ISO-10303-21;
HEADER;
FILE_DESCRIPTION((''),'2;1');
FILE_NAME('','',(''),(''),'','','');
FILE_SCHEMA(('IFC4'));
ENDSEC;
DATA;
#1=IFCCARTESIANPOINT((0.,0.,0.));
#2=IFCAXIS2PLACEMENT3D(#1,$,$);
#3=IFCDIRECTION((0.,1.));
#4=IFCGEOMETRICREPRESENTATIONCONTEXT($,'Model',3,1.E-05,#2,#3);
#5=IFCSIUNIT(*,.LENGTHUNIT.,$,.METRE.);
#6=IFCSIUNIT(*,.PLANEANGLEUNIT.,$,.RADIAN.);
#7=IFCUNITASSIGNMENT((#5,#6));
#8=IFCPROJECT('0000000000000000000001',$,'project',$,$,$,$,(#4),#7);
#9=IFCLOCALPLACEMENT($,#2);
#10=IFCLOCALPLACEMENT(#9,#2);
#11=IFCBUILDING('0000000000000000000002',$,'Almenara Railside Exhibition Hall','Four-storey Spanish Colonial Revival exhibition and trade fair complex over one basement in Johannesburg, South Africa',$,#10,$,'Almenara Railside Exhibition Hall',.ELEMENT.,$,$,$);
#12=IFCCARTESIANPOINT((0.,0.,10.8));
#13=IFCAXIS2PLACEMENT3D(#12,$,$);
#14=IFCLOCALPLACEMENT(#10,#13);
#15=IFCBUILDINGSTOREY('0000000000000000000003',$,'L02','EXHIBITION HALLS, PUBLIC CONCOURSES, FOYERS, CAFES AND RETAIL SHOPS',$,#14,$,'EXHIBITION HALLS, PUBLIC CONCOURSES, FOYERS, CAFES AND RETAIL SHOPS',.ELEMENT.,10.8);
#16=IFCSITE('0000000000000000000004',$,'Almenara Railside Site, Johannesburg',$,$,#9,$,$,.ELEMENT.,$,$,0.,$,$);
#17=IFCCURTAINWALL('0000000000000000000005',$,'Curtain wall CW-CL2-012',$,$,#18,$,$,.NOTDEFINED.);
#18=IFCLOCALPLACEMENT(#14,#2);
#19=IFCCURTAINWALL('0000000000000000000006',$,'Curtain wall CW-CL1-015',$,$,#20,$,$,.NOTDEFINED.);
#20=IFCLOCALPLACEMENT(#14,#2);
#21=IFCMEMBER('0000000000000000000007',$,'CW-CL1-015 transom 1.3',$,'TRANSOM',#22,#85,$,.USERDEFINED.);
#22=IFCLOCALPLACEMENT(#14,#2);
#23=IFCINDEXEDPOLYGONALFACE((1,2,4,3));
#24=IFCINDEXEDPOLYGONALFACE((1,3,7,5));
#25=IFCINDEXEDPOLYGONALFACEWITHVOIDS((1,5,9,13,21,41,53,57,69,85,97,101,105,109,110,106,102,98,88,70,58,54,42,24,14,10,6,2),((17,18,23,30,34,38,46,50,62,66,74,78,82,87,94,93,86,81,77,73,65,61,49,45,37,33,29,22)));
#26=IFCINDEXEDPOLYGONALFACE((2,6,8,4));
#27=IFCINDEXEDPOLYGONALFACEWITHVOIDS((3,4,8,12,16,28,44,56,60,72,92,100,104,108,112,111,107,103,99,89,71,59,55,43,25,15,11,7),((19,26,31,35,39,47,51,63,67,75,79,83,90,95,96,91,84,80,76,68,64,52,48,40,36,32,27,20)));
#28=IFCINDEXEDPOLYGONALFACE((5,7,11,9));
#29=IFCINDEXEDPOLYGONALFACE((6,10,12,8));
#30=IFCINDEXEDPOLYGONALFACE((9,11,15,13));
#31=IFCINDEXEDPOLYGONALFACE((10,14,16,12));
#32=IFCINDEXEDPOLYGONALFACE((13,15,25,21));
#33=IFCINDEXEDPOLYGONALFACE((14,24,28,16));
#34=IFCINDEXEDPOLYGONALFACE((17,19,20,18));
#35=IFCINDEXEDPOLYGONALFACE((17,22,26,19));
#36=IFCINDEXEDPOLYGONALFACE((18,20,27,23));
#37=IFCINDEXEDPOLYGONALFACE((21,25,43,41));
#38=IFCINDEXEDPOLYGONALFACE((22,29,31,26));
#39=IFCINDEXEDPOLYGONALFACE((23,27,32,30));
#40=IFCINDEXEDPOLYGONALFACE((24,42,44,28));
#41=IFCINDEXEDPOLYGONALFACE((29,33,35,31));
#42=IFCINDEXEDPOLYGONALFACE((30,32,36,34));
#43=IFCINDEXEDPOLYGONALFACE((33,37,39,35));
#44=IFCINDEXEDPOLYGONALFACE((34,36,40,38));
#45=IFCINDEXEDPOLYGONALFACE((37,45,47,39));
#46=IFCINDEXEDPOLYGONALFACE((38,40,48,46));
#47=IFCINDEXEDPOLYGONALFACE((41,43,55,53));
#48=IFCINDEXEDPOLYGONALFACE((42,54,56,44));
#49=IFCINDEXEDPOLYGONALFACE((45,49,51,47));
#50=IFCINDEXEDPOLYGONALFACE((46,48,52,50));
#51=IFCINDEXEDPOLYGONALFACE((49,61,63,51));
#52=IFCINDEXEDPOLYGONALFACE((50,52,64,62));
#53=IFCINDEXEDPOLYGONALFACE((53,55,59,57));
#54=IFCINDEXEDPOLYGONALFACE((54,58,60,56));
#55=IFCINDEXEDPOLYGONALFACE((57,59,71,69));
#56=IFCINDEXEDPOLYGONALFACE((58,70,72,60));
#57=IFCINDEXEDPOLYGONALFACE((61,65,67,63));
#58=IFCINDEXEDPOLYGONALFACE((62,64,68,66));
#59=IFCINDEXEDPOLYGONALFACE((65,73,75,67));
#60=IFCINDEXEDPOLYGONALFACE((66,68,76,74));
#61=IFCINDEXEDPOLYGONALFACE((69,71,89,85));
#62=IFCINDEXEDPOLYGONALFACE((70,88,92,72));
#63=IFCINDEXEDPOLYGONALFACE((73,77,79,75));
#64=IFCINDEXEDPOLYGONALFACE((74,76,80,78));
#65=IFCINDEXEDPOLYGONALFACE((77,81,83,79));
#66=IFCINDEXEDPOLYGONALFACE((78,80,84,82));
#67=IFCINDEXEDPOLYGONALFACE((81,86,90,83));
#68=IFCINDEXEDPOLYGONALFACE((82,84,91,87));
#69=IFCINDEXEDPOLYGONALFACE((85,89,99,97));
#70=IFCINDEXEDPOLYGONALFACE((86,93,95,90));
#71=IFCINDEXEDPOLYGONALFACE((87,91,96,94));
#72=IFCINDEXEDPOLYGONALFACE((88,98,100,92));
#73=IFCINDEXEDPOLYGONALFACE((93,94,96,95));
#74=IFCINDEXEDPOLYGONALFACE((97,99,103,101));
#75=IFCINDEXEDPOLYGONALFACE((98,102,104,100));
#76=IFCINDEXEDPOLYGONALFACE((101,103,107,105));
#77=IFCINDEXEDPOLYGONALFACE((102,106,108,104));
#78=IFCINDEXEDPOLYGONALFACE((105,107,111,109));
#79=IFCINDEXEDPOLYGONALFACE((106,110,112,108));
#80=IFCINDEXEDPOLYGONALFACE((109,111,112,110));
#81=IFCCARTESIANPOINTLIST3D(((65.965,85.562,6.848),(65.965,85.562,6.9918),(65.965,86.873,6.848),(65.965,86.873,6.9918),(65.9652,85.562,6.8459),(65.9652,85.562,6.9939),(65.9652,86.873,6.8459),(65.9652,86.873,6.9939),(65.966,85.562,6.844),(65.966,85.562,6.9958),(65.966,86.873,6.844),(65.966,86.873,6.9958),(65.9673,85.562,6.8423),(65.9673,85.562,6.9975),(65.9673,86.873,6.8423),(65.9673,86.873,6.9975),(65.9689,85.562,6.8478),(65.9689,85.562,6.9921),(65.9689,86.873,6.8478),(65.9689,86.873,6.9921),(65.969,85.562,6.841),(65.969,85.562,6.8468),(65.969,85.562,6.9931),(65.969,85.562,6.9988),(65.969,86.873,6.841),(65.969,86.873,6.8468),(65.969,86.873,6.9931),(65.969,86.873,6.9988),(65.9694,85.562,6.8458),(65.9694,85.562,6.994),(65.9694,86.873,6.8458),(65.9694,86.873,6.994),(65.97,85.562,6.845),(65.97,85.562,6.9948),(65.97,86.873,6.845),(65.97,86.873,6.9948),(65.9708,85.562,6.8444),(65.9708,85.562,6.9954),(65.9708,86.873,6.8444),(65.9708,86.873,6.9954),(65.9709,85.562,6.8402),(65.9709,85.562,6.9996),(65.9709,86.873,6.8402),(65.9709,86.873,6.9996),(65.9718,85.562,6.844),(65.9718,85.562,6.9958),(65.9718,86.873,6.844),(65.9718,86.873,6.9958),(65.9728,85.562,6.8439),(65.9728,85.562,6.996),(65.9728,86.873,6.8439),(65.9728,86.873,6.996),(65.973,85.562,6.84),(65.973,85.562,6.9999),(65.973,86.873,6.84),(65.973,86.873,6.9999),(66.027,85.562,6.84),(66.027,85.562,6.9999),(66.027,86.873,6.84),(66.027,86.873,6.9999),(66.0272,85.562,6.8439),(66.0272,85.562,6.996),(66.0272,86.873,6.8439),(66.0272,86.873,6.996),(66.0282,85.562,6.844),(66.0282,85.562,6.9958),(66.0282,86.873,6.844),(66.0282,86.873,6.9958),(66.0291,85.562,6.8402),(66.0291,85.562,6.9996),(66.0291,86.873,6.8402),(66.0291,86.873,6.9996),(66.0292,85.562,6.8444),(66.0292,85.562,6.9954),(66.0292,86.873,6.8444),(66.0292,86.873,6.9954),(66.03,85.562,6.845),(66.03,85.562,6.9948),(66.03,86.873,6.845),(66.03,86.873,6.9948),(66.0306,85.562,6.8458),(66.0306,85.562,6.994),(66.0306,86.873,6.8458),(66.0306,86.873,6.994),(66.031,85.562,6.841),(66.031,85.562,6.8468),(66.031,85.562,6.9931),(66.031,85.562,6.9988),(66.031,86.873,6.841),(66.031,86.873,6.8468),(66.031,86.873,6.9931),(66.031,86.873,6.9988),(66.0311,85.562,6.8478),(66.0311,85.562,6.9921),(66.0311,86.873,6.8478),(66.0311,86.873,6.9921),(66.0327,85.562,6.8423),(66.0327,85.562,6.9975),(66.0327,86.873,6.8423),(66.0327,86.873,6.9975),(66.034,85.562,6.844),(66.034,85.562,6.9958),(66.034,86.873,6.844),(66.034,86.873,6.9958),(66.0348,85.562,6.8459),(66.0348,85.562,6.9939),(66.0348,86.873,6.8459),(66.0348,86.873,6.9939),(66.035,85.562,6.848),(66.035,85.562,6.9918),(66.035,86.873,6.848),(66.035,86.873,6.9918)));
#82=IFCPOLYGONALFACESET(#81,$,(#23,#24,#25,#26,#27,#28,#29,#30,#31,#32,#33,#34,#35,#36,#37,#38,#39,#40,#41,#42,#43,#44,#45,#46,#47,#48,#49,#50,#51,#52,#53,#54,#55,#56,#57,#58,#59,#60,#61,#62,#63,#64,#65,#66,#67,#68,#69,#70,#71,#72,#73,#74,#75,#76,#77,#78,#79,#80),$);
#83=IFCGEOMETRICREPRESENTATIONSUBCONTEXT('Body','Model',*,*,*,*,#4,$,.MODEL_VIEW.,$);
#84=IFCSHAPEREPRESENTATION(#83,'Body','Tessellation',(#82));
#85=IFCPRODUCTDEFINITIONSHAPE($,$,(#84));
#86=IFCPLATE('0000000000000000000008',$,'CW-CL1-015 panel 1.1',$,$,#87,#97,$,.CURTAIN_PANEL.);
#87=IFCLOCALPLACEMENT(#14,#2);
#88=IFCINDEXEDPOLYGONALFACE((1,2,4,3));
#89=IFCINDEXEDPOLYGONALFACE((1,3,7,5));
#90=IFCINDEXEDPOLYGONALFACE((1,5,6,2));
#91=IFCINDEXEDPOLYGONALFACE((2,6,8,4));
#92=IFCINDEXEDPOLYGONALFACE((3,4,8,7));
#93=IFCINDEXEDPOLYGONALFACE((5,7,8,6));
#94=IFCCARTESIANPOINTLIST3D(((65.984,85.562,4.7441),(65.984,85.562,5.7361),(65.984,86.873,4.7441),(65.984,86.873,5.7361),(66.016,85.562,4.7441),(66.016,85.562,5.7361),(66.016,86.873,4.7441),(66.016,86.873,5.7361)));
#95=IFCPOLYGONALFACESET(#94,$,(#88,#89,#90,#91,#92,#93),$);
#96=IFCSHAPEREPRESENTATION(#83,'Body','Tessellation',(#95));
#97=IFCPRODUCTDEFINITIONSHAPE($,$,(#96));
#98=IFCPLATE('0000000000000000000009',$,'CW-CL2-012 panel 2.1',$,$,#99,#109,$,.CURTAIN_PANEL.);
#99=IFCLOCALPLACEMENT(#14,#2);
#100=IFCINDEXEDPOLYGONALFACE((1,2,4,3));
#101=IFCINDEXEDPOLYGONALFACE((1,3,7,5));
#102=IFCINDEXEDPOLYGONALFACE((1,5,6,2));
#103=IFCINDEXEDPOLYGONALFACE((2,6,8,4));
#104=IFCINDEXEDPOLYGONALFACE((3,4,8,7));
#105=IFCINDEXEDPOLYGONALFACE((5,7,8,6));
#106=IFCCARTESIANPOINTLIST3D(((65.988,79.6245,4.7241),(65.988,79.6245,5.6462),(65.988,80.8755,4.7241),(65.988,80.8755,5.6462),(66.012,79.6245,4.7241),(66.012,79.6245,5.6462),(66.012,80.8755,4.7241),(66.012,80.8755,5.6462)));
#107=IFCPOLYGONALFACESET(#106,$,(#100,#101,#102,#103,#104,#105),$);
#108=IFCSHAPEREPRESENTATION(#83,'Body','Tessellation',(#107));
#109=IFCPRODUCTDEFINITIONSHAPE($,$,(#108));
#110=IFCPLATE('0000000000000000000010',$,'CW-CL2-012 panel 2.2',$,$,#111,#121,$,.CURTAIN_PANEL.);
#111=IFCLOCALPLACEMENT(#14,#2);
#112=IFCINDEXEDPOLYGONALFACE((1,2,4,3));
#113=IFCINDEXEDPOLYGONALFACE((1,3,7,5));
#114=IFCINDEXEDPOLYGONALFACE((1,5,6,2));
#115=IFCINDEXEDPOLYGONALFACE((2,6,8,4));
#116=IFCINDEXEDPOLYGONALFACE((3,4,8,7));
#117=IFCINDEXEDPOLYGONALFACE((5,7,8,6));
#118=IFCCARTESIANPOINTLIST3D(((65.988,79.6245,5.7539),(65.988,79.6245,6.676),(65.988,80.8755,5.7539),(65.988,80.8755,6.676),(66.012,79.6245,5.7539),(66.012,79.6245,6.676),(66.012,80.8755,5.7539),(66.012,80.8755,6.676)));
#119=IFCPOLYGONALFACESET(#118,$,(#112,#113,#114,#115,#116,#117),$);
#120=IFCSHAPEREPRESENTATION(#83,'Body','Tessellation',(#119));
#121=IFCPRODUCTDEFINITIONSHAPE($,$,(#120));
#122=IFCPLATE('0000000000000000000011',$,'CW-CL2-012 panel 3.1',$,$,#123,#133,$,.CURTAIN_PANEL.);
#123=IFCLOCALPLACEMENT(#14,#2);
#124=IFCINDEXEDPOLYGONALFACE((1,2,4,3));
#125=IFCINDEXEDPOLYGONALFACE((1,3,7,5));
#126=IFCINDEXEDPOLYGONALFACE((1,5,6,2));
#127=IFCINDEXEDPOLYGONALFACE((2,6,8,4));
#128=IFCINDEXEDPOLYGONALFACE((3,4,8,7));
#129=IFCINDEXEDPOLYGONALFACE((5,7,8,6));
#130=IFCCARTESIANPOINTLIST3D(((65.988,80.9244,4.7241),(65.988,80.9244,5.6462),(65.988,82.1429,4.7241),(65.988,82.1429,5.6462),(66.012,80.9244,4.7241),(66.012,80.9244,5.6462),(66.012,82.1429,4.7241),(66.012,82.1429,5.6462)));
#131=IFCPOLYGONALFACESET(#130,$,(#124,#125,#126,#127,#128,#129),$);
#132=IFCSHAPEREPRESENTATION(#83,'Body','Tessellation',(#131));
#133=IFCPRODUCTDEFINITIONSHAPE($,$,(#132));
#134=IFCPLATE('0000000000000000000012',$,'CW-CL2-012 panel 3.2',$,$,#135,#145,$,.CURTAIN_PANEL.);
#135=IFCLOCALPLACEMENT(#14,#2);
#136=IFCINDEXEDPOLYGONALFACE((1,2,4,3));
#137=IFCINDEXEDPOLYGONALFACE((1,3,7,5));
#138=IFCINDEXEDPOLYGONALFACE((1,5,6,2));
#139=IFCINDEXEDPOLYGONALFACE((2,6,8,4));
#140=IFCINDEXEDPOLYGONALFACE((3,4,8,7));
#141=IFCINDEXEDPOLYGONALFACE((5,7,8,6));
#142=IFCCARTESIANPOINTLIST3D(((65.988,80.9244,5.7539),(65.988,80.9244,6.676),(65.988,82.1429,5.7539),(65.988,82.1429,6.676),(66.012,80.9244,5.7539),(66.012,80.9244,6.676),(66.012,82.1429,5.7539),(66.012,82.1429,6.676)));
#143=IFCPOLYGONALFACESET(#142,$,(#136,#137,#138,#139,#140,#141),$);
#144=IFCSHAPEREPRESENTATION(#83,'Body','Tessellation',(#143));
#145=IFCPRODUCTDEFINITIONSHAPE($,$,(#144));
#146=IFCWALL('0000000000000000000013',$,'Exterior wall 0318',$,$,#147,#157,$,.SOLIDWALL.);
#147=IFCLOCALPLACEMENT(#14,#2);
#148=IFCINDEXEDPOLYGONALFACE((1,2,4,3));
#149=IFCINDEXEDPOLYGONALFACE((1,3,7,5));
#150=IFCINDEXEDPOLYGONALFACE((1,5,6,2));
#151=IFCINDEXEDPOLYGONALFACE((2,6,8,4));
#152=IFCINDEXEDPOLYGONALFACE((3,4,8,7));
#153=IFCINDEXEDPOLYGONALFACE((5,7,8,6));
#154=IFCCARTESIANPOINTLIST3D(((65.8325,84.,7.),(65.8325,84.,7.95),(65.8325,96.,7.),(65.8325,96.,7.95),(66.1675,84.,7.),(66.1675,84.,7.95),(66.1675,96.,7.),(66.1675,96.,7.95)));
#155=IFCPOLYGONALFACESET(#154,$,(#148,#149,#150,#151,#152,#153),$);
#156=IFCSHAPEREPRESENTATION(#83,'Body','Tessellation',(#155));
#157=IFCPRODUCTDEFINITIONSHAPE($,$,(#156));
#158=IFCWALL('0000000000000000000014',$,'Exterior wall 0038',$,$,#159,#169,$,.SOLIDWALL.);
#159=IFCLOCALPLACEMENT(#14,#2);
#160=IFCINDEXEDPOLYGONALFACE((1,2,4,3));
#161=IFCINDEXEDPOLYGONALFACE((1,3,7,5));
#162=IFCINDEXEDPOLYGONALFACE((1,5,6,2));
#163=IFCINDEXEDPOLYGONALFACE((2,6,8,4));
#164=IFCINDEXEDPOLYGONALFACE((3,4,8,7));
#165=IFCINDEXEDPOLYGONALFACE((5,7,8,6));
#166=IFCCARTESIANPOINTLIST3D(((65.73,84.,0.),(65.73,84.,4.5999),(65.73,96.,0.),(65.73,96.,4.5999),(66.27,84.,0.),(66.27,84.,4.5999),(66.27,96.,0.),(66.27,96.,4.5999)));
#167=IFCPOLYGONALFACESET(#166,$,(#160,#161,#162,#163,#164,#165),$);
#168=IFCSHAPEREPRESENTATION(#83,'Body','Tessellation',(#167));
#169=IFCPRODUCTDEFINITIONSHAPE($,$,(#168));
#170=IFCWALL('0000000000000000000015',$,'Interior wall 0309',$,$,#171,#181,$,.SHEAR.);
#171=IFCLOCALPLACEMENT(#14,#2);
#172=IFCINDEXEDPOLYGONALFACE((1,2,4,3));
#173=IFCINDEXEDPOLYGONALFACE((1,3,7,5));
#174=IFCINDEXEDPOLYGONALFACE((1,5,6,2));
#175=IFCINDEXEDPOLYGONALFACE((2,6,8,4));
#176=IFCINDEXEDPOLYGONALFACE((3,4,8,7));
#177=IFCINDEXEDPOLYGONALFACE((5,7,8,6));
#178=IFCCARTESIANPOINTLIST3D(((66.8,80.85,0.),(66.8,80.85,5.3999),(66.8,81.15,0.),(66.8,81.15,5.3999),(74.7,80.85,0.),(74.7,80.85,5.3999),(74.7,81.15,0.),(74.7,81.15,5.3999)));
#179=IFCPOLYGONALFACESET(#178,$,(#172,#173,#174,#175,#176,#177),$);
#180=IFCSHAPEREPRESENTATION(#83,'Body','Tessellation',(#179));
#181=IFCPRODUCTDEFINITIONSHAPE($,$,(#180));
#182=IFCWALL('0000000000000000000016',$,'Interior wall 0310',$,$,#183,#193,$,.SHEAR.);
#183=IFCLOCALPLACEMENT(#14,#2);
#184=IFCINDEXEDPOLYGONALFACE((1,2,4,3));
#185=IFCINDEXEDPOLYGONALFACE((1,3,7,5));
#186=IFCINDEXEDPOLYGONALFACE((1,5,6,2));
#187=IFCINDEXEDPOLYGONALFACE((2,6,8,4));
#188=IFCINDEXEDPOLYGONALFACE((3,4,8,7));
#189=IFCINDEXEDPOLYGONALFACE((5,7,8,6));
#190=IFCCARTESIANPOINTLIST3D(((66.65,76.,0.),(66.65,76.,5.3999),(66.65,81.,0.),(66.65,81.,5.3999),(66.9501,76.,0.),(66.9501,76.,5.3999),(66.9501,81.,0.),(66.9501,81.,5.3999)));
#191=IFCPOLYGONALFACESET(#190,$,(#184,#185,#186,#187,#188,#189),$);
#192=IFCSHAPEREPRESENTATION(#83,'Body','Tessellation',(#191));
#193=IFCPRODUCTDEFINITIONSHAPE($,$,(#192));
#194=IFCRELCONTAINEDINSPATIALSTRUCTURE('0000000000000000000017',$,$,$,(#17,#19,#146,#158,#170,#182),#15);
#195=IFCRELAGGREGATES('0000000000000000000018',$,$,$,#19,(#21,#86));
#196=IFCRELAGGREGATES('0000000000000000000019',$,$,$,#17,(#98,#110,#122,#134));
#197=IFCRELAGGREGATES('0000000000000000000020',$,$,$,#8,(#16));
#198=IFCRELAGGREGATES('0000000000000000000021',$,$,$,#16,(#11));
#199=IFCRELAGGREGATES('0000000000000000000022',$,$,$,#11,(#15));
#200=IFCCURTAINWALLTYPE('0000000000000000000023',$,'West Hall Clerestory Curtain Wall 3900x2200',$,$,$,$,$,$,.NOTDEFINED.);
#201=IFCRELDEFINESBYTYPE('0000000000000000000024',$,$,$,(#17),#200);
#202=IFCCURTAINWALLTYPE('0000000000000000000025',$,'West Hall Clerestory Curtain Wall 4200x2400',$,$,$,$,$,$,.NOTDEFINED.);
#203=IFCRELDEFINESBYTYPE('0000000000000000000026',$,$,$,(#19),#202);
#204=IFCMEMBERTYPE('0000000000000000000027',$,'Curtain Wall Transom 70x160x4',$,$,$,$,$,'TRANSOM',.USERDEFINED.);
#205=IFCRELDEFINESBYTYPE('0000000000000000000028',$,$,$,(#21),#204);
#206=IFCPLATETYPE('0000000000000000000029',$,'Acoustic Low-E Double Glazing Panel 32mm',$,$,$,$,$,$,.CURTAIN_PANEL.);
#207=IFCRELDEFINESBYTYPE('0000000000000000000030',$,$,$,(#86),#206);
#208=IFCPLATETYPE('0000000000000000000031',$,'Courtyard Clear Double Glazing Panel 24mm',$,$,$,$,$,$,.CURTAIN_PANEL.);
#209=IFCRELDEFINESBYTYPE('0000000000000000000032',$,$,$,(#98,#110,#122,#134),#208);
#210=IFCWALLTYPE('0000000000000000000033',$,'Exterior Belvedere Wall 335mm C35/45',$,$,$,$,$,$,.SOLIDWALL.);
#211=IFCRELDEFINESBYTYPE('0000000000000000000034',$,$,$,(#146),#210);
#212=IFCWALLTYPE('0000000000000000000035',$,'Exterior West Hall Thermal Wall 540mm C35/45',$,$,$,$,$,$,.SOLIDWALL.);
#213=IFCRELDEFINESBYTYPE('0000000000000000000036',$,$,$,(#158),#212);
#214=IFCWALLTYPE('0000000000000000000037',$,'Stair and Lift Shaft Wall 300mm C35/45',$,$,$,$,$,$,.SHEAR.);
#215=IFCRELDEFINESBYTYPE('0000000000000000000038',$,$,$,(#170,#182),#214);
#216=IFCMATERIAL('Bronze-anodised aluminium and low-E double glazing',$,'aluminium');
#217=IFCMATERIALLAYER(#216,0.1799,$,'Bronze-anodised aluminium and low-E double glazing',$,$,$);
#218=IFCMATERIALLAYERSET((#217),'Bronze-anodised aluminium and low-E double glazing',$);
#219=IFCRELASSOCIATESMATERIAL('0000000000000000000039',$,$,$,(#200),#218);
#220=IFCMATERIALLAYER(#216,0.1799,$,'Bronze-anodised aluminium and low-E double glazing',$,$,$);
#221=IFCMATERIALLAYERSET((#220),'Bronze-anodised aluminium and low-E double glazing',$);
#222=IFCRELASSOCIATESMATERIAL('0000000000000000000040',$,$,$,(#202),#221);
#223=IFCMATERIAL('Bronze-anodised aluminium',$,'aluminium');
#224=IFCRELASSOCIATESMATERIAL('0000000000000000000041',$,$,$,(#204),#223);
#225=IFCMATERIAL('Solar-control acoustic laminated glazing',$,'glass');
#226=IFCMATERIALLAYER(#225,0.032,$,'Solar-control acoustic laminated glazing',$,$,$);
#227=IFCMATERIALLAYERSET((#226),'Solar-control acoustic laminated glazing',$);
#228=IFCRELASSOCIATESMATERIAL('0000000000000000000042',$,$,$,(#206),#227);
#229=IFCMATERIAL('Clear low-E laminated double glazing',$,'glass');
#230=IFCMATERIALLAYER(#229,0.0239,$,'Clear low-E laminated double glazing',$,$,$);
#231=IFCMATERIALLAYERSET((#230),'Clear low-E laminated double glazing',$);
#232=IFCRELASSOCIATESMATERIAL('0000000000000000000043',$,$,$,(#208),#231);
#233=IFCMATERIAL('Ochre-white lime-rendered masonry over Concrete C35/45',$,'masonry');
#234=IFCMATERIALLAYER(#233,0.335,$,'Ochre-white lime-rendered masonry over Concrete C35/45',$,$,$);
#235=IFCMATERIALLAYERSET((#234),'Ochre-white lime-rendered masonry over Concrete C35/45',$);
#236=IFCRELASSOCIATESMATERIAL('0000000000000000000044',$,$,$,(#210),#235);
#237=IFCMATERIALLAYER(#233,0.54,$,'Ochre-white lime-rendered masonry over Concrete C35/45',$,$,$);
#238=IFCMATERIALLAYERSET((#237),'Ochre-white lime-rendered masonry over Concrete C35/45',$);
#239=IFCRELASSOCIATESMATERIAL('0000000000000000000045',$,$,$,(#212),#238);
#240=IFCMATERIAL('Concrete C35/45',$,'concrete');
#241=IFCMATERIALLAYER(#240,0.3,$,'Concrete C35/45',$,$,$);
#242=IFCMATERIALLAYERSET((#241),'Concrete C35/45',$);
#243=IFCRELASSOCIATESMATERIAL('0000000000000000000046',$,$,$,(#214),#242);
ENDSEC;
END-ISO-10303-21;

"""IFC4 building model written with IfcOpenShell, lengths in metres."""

from ifc_helpers import new_model, si_unit, direction, frame, frame_2d, origin, origin_2d, place, context, subcontext, project, spatial, rectangle, hollow_rectangle, extrude, material, layer, layer_set, material_profile, profile_set, type_object, element, aggregate, save


model = new_model("IFC4")

# Units and contexts
model_context = context("Model", 3, precision=1e-05, world=origin(), true_north=direction((0.0, 1.0)))
body_context = subcontext(model_context, "Body", "Model", "MODEL_VIEW")
ifc_project = project(units=[si_unit("LENGTHUNIT", "METRE"), si_unit("PLANEANGLEUNIT", "RADIAN")], contexts=[model_context])

# Site, building, storey
site_placement = place(None, origin())
site = spatial("IfcSite", under=ifc_project, at=site_placement, Name="Almenara Railside Site, Johannesburg", CompositionType="ELEMENT", RefElevation=0.0)
building_placement = place(site_placement, origin())
building = spatial("IfcBuilding", under=site, at=building_placement, Name="Almenara Railside Exhibition Hall", Description="Four-storey Spanish Colonial Revival exhibition and trade fair complex over one basement in Johannesburg, South Africa", LongName="Almenara Railside Exhibition Hall", CompositionType="ELEMENT")
storey_placement = place(building_placement, frame((0.0, 0.0, 10.8)))
storey = spatial("IfcBuildingStorey", under=building, at=storey_placement, Name="L02", Description="EXHIBITION HALLS, PUBLIC CONCOURSES, FOYERS, CAFES AND RETAIL SHOPS", LongName="EXHIBITION HALLS, PUBLIC CONCOURSES, FOYERS, CAFES AND RETAIL SHOPS", CompositionType="ELEMENT", Elevation=10.8)

# Curtain wall
ifc_material_1 = material(Name="Bronze-anodised aluminium and low-E double glazing", Category="aluminium")
ifc_layer_1 = layer(ifc_material_1, 0.1799, Name="Bronze-anodised aluminium and low-E double glazing")
ifc_layer_set_1 = layer_set([ifc_layer_1], Name="Bronze-anodised aluminium and low-E double glazing")
curtain_wall_type_1 = type_object("IfcCurtainWallType", Name="West Hall Clerestory Curtain Wall 3900x2200", PredefinedType="NOTDEFINED", material=ifc_layer_set_1)
curtain_wall_1_placement = place(storey_placement, origin())
curtain_wall_1 = element("IfcCurtainWall", 1, at=curtain_wall_1_placement, inside=storey, type_object=curtain_wall_type_1, Name="Curtain wall CW-CL2-012", PredefinedType="NOTDEFINED")
ifc_material_2 = material(Name="Bronze-anodised aluminium", Category="aluminium")

# Curtain wall
ifc_layer_2 = layer(ifc_material_1, 0.1799, Name="Bronze-anodised aluminium and low-E double glazing")
ifc_layer_set_2 = layer_set([ifc_layer_2], Name="Bronze-anodised aluminium and low-E double glazing")
curtain_wall_type_2 = type_object("IfcCurtainWallType", Name="West Hall Clerestory Curtain Wall 4200x2400", PredefinedType="NOTDEFINED", material=ifc_layer_set_2)
curtain_wall_2_placement = place(storey_placement, origin())
curtain_wall_2 = element("IfcCurtainWall", 2, at=curtain_wall_2_placement, inside=storey, type_object=curtain_wall_type_2, Name="Curtain wall CW-CL1-015", PredefinedType="NOTDEFINED")

# Member
ifc_material_profile_1 = material_profile(ifc_material_2, hollow_rectangle(XDim=0.0701, YDim=0.1599, WallThickness=0.0039, InnerFilletRadius=0.0039, OuterFilletRadius=0.0081, at=origin_2d()), Name="ALU-TRN 70x160x4")
ifc_profile_set_1 = profile_set([ifc_material_profile_1], Name="Bronze-anodised aluminium")
member_type_1 = type_object("IfcMemberType", Name="Curtain Wall Transom 70x160x4", ElementType="TRANSOM", PredefinedType="USERDEFINED", material=ifc_profile_set_1)
member_1_placement = place(storey_placement, frame((66.0, 85.562, 6.9199), z_axis=(0.0, 1.0, 0.0), x_axis=(-1.0, 0.0, 0.0)))
member_1 = element("IfcMember", 3, at=member_1_placement, type_object=member_type_1, Name="CW-CL1-015 transom 1.3", ObjectType="TRANSOM", PredefinedType="USERDEFINED", context=body_context, shape_type="SweptSolid", body=[
    extrude(hollow_rectangle(XDim=0.0701, YDim=0.1599, WallThickness=0.0039, InnerFilletRadius=0.0039, OuterFilletRadius=0.0081, at=origin_2d()), origin(), (0.0, 0.0, 1.0), 1.311),
])

# Plates
ifc_material_3 = material(Name="Solar-control acoustic laminated glazing", Category="glass")
ifc_layer_3 = layer(ifc_material_3, 0.032, Name="Solar-control acoustic laminated glazing")
ifc_layer_set_3 = layer_set([ifc_layer_3], Name="Solar-control acoustic laminated glazing")
plate_type_1 = type_object("IfcPlateType", Name="Acoustic Low-E Double Glazing Panel 32mm", PredefinedType="CURTAIN_PANEL", material=ifc_layer_set_3)
plate_1_placement = place(storey_placement, frame((66.0, 86.2175, 4.7441), z_axis=(0.0, 0.0, 1.0), x_axis=(0.0, 1.0, 0.0)))
plate_1 = element("IfcPlate", 4, at=plate_1_placement, type_object=plate_type_1, Name="CW-CL1-015 panel 1.1", PredefinedType="CURTAIN_PANEL", context=body_context, shape_type="SweptSolid", body=[
    extrude(rectangle(XDim=1.311, YDim=0.032, at=origin_2d()), origin(), (0.0, 0.0, 1.0), 0.9919),
])
aggregate(curtain_wall_2, [member_1, plate_1])
ifc_material_4 = material(Name="Clear low-E laminated double glazing", Category="glass")
ifc_layer_4 = layer(ifc_material_4, 0.0239, Name="Clear low-E laminated double glazing")
ifc_layer_set_4 = layer_set([ifc_layer_4], Name="Clear low-E laminated double glazing")
plate_type_2 = type_object("IfcPlateType", Name="Courtyard Clear Double Glazing Panel 24mm", PredefinedType="CURTAIN_PANEL", material=ifc_layer_set_4)
plate_2_placement = place(storey_placement, frame((66.0, 80.25, 4.7241), z_axis=(0.0, 0.0, 1.0), x_axis=(0.0, 1.0, 0.0)))
plate_2 = element("IfcPlate", 5, at=plate_2_placement, type_object=plate_type_2, Name="CW-CL2-012 panel 2.1", PredefinedType="CURTAIN_PANEL", context=body_context, shape_type="SweptSolid", body=[
    extrude(rectangle(XDim=1.251, YDim=0.0239, at=origin_2d()), origin(), (0.0, 0.0, 1.0), 0.9221),
])
plate_3_placement = place(storey_placement, frame((66.0, 80.25, 5.7539), z_axis=(0.0, 0.0, 1.0), x_axis=(0.0, 1.0, 0.0)))
plate_3 = element("IfcPlate", 6, at=plate_3_placement, type_object=plate_type_2, Name="CW-CL2-012 panel 2.2", PredefinedType="CURTAIN_PANEL", context=body_context, shape_type="SweptSolid", body=[
    extrude(rectangle(XDim=1.251, YDim=0.0239, at=origin_2d()), origin(), (0.0, 0.0, 1.0), 0.9221),
])
plate_4_placement = place(storey_placement, frame((66.0, 81.5337, 4.7241), z_axis=(0.0, 0.0, 1.0), x_axis=(0.0, 1.0, 0.0)))
plate_4 = element("IfcPlate", 7, at=plate_4_placement, type_object=plate_type_2, Name="CW-CL2-012 panel 3.1", PredefinedType="CURTAIN_PANEL", context=body_context, shape_type="SweptSolid", body=[
    extrude(rectangle(XDim=1.2185, YDim=0.0239, at=origin_2d()), origin(), (0.0, 0.0, 1.0), 0.9221),
])
plate_5_placement = place(storey_placement, frame((66.0, 81.5337, 5.7539), z_axis=(0.0, 0.0, 1.0), x_axis=(0.0, 1.0, 0.0)))
plate_5 = element("IfcPlate", 8, at=plate_5_placement, type_object=plate_type_2, Name="CW-CL2-012 panel 3.2", PredefinedType="CURTAIN_PANEL", context=body_context, shape_type="SweptSolid", body=[
    extrude(rectangle(XDim=1.2185, YDim=0.0239, at=origin_2d()), origin(), (0.0, 0.0, 1.0), 0.9221),
])
aggregate(curtain_wall_1, [plate_2, plate_3, plate_4, plate_5])

# Walls
ifc_material_5 = material(Name="Ochre-white lime-rendered masonry over Concrete C35/45", Category="masonry")
ifc_layer_5 = layer(ifc_material_5, 0.335, Name="Ochre-white lime-rendered masonry over Concrete C35/45")
ifc_layer_set_5 = layer_set([ifc_layer_5], Name="Ochre-white lime-rendered masonry over Concrete C35/45")
wall_type_1 = type_object("IfcWallType", Name="Exterior Belvedere Wall 335mm C35/45", PredefinedType="SOLIDWALL", material=ifc_layer_set_5)
wall_1_placement = place(storey_placement, frame((66.0, 84.0, 7.0), z_axis=(0.0, 0.0, 1.0), x_axis=(0.0, 1.0, 0.0)))
element("IfcWall", 9, at=wall_1_placement, inside=storey, type_object=wall_type_1, Name="Exterior wall 0318", PredefinedType="SOLIDWALL", context=body_context, shape_type="SweptSolid", body=[
    extrude(rectangle(XDim=12.0, YDim=0.335, at=frame_2d((6.0, 0.0))), origin(), (0.0, 0.0, 1.0), 0.95),
])
ifc_layer_6 = layer(ifc_material_5, 0.54, Name="Ochre-white lime-rendered masonry over Concrete C35/45")
ifc_layer_set_6 = layer_set([ifc_layer_6], Name="Ochre-white lime-rendered masonry over Concrete C35/45")
wall_type_2 = type_object("IfcWallType", Name="Exterior West Hall Thermal Wall 540mm C35/45", PredefinedType="SOLIDWALL", material=ifc_layer_set_6)
wall_2_placement = place(storey_placement, frame((66.0, 84.0, 0.0), z_axis=(0.0, 0.0, 1.0), x_axis=(0.0, 1.0, 0.0)))
element("IfcWall", 10, at=wall_2_placement, inside=storey, type_object=wall_type_2, Name="Exterior wall 0038", PredefinedType="SOLIDWALL", context=body_context, shape_type="SweptSolid", body=[
    extrude(rectangle(XDim=12.0, YDim=0.54, at=frame_2d((6.0, 0.0))), origin(), (0.0, 0.0, 1.0), 4.5999),
])
ifc_material_6 = material(Name="Concrete C35/45", Category="concrete")
ifc_layer_7 = layer(ifc_material_6, 0.3, Name="Concrete C35/45")
ifc_layer_set_7 = layer_set([ifc_layer_7], Name="Concrete C35/45")
wall_type_3 = type_object("IfcWallType", Name="Stair and Lift Shaft Wall 300mm C35/45", PredefinedType="SHEAR", material=ifc_layer_set_7)
wall_3_placement = place(storey_placement, frame((74.7, 81.0, 0.0), z_axis=(0.0, 0.0, 1.0), x_axis=(-1.0, 0.0, 0.0)))
element("IfcWall", 11, at=wall_3_placement, inside=storey, type_object=wall_type_3, Name="Interior wall 0309", PredefinedType="SHEAR", context=body_context, shape_type="SweptSolid", body=[
    extrude(rectangle(XDim=7.8999, YDim=0.3, at=frame_2d((3.95, 0.0))), origin(), (0.0, 0.0, 1.0), 5.3999),
])
wall_4_placement = place(storey_placement, frame((66.8, 81.0, 0.0), z_axis=(0.0, 0.0, 1.0), x_axis=(0.0, -1.0, 0.0)))
element("IfcWall", 12, at=wall_4_placement, inside=storey, type_object=wall_type_3, Name="Interior wall 0310", PredefinedType="SHEAR", context=body_context, shape_type="SweptSolid", body=[
    extrude(rectangle(XDim=5.0, YDim=0.3, at=frame_2d((2.5, 0.0))), origin(), (0.0, 0.0, 1.0), 5.3999),
])

save(model, "model.ifc")
